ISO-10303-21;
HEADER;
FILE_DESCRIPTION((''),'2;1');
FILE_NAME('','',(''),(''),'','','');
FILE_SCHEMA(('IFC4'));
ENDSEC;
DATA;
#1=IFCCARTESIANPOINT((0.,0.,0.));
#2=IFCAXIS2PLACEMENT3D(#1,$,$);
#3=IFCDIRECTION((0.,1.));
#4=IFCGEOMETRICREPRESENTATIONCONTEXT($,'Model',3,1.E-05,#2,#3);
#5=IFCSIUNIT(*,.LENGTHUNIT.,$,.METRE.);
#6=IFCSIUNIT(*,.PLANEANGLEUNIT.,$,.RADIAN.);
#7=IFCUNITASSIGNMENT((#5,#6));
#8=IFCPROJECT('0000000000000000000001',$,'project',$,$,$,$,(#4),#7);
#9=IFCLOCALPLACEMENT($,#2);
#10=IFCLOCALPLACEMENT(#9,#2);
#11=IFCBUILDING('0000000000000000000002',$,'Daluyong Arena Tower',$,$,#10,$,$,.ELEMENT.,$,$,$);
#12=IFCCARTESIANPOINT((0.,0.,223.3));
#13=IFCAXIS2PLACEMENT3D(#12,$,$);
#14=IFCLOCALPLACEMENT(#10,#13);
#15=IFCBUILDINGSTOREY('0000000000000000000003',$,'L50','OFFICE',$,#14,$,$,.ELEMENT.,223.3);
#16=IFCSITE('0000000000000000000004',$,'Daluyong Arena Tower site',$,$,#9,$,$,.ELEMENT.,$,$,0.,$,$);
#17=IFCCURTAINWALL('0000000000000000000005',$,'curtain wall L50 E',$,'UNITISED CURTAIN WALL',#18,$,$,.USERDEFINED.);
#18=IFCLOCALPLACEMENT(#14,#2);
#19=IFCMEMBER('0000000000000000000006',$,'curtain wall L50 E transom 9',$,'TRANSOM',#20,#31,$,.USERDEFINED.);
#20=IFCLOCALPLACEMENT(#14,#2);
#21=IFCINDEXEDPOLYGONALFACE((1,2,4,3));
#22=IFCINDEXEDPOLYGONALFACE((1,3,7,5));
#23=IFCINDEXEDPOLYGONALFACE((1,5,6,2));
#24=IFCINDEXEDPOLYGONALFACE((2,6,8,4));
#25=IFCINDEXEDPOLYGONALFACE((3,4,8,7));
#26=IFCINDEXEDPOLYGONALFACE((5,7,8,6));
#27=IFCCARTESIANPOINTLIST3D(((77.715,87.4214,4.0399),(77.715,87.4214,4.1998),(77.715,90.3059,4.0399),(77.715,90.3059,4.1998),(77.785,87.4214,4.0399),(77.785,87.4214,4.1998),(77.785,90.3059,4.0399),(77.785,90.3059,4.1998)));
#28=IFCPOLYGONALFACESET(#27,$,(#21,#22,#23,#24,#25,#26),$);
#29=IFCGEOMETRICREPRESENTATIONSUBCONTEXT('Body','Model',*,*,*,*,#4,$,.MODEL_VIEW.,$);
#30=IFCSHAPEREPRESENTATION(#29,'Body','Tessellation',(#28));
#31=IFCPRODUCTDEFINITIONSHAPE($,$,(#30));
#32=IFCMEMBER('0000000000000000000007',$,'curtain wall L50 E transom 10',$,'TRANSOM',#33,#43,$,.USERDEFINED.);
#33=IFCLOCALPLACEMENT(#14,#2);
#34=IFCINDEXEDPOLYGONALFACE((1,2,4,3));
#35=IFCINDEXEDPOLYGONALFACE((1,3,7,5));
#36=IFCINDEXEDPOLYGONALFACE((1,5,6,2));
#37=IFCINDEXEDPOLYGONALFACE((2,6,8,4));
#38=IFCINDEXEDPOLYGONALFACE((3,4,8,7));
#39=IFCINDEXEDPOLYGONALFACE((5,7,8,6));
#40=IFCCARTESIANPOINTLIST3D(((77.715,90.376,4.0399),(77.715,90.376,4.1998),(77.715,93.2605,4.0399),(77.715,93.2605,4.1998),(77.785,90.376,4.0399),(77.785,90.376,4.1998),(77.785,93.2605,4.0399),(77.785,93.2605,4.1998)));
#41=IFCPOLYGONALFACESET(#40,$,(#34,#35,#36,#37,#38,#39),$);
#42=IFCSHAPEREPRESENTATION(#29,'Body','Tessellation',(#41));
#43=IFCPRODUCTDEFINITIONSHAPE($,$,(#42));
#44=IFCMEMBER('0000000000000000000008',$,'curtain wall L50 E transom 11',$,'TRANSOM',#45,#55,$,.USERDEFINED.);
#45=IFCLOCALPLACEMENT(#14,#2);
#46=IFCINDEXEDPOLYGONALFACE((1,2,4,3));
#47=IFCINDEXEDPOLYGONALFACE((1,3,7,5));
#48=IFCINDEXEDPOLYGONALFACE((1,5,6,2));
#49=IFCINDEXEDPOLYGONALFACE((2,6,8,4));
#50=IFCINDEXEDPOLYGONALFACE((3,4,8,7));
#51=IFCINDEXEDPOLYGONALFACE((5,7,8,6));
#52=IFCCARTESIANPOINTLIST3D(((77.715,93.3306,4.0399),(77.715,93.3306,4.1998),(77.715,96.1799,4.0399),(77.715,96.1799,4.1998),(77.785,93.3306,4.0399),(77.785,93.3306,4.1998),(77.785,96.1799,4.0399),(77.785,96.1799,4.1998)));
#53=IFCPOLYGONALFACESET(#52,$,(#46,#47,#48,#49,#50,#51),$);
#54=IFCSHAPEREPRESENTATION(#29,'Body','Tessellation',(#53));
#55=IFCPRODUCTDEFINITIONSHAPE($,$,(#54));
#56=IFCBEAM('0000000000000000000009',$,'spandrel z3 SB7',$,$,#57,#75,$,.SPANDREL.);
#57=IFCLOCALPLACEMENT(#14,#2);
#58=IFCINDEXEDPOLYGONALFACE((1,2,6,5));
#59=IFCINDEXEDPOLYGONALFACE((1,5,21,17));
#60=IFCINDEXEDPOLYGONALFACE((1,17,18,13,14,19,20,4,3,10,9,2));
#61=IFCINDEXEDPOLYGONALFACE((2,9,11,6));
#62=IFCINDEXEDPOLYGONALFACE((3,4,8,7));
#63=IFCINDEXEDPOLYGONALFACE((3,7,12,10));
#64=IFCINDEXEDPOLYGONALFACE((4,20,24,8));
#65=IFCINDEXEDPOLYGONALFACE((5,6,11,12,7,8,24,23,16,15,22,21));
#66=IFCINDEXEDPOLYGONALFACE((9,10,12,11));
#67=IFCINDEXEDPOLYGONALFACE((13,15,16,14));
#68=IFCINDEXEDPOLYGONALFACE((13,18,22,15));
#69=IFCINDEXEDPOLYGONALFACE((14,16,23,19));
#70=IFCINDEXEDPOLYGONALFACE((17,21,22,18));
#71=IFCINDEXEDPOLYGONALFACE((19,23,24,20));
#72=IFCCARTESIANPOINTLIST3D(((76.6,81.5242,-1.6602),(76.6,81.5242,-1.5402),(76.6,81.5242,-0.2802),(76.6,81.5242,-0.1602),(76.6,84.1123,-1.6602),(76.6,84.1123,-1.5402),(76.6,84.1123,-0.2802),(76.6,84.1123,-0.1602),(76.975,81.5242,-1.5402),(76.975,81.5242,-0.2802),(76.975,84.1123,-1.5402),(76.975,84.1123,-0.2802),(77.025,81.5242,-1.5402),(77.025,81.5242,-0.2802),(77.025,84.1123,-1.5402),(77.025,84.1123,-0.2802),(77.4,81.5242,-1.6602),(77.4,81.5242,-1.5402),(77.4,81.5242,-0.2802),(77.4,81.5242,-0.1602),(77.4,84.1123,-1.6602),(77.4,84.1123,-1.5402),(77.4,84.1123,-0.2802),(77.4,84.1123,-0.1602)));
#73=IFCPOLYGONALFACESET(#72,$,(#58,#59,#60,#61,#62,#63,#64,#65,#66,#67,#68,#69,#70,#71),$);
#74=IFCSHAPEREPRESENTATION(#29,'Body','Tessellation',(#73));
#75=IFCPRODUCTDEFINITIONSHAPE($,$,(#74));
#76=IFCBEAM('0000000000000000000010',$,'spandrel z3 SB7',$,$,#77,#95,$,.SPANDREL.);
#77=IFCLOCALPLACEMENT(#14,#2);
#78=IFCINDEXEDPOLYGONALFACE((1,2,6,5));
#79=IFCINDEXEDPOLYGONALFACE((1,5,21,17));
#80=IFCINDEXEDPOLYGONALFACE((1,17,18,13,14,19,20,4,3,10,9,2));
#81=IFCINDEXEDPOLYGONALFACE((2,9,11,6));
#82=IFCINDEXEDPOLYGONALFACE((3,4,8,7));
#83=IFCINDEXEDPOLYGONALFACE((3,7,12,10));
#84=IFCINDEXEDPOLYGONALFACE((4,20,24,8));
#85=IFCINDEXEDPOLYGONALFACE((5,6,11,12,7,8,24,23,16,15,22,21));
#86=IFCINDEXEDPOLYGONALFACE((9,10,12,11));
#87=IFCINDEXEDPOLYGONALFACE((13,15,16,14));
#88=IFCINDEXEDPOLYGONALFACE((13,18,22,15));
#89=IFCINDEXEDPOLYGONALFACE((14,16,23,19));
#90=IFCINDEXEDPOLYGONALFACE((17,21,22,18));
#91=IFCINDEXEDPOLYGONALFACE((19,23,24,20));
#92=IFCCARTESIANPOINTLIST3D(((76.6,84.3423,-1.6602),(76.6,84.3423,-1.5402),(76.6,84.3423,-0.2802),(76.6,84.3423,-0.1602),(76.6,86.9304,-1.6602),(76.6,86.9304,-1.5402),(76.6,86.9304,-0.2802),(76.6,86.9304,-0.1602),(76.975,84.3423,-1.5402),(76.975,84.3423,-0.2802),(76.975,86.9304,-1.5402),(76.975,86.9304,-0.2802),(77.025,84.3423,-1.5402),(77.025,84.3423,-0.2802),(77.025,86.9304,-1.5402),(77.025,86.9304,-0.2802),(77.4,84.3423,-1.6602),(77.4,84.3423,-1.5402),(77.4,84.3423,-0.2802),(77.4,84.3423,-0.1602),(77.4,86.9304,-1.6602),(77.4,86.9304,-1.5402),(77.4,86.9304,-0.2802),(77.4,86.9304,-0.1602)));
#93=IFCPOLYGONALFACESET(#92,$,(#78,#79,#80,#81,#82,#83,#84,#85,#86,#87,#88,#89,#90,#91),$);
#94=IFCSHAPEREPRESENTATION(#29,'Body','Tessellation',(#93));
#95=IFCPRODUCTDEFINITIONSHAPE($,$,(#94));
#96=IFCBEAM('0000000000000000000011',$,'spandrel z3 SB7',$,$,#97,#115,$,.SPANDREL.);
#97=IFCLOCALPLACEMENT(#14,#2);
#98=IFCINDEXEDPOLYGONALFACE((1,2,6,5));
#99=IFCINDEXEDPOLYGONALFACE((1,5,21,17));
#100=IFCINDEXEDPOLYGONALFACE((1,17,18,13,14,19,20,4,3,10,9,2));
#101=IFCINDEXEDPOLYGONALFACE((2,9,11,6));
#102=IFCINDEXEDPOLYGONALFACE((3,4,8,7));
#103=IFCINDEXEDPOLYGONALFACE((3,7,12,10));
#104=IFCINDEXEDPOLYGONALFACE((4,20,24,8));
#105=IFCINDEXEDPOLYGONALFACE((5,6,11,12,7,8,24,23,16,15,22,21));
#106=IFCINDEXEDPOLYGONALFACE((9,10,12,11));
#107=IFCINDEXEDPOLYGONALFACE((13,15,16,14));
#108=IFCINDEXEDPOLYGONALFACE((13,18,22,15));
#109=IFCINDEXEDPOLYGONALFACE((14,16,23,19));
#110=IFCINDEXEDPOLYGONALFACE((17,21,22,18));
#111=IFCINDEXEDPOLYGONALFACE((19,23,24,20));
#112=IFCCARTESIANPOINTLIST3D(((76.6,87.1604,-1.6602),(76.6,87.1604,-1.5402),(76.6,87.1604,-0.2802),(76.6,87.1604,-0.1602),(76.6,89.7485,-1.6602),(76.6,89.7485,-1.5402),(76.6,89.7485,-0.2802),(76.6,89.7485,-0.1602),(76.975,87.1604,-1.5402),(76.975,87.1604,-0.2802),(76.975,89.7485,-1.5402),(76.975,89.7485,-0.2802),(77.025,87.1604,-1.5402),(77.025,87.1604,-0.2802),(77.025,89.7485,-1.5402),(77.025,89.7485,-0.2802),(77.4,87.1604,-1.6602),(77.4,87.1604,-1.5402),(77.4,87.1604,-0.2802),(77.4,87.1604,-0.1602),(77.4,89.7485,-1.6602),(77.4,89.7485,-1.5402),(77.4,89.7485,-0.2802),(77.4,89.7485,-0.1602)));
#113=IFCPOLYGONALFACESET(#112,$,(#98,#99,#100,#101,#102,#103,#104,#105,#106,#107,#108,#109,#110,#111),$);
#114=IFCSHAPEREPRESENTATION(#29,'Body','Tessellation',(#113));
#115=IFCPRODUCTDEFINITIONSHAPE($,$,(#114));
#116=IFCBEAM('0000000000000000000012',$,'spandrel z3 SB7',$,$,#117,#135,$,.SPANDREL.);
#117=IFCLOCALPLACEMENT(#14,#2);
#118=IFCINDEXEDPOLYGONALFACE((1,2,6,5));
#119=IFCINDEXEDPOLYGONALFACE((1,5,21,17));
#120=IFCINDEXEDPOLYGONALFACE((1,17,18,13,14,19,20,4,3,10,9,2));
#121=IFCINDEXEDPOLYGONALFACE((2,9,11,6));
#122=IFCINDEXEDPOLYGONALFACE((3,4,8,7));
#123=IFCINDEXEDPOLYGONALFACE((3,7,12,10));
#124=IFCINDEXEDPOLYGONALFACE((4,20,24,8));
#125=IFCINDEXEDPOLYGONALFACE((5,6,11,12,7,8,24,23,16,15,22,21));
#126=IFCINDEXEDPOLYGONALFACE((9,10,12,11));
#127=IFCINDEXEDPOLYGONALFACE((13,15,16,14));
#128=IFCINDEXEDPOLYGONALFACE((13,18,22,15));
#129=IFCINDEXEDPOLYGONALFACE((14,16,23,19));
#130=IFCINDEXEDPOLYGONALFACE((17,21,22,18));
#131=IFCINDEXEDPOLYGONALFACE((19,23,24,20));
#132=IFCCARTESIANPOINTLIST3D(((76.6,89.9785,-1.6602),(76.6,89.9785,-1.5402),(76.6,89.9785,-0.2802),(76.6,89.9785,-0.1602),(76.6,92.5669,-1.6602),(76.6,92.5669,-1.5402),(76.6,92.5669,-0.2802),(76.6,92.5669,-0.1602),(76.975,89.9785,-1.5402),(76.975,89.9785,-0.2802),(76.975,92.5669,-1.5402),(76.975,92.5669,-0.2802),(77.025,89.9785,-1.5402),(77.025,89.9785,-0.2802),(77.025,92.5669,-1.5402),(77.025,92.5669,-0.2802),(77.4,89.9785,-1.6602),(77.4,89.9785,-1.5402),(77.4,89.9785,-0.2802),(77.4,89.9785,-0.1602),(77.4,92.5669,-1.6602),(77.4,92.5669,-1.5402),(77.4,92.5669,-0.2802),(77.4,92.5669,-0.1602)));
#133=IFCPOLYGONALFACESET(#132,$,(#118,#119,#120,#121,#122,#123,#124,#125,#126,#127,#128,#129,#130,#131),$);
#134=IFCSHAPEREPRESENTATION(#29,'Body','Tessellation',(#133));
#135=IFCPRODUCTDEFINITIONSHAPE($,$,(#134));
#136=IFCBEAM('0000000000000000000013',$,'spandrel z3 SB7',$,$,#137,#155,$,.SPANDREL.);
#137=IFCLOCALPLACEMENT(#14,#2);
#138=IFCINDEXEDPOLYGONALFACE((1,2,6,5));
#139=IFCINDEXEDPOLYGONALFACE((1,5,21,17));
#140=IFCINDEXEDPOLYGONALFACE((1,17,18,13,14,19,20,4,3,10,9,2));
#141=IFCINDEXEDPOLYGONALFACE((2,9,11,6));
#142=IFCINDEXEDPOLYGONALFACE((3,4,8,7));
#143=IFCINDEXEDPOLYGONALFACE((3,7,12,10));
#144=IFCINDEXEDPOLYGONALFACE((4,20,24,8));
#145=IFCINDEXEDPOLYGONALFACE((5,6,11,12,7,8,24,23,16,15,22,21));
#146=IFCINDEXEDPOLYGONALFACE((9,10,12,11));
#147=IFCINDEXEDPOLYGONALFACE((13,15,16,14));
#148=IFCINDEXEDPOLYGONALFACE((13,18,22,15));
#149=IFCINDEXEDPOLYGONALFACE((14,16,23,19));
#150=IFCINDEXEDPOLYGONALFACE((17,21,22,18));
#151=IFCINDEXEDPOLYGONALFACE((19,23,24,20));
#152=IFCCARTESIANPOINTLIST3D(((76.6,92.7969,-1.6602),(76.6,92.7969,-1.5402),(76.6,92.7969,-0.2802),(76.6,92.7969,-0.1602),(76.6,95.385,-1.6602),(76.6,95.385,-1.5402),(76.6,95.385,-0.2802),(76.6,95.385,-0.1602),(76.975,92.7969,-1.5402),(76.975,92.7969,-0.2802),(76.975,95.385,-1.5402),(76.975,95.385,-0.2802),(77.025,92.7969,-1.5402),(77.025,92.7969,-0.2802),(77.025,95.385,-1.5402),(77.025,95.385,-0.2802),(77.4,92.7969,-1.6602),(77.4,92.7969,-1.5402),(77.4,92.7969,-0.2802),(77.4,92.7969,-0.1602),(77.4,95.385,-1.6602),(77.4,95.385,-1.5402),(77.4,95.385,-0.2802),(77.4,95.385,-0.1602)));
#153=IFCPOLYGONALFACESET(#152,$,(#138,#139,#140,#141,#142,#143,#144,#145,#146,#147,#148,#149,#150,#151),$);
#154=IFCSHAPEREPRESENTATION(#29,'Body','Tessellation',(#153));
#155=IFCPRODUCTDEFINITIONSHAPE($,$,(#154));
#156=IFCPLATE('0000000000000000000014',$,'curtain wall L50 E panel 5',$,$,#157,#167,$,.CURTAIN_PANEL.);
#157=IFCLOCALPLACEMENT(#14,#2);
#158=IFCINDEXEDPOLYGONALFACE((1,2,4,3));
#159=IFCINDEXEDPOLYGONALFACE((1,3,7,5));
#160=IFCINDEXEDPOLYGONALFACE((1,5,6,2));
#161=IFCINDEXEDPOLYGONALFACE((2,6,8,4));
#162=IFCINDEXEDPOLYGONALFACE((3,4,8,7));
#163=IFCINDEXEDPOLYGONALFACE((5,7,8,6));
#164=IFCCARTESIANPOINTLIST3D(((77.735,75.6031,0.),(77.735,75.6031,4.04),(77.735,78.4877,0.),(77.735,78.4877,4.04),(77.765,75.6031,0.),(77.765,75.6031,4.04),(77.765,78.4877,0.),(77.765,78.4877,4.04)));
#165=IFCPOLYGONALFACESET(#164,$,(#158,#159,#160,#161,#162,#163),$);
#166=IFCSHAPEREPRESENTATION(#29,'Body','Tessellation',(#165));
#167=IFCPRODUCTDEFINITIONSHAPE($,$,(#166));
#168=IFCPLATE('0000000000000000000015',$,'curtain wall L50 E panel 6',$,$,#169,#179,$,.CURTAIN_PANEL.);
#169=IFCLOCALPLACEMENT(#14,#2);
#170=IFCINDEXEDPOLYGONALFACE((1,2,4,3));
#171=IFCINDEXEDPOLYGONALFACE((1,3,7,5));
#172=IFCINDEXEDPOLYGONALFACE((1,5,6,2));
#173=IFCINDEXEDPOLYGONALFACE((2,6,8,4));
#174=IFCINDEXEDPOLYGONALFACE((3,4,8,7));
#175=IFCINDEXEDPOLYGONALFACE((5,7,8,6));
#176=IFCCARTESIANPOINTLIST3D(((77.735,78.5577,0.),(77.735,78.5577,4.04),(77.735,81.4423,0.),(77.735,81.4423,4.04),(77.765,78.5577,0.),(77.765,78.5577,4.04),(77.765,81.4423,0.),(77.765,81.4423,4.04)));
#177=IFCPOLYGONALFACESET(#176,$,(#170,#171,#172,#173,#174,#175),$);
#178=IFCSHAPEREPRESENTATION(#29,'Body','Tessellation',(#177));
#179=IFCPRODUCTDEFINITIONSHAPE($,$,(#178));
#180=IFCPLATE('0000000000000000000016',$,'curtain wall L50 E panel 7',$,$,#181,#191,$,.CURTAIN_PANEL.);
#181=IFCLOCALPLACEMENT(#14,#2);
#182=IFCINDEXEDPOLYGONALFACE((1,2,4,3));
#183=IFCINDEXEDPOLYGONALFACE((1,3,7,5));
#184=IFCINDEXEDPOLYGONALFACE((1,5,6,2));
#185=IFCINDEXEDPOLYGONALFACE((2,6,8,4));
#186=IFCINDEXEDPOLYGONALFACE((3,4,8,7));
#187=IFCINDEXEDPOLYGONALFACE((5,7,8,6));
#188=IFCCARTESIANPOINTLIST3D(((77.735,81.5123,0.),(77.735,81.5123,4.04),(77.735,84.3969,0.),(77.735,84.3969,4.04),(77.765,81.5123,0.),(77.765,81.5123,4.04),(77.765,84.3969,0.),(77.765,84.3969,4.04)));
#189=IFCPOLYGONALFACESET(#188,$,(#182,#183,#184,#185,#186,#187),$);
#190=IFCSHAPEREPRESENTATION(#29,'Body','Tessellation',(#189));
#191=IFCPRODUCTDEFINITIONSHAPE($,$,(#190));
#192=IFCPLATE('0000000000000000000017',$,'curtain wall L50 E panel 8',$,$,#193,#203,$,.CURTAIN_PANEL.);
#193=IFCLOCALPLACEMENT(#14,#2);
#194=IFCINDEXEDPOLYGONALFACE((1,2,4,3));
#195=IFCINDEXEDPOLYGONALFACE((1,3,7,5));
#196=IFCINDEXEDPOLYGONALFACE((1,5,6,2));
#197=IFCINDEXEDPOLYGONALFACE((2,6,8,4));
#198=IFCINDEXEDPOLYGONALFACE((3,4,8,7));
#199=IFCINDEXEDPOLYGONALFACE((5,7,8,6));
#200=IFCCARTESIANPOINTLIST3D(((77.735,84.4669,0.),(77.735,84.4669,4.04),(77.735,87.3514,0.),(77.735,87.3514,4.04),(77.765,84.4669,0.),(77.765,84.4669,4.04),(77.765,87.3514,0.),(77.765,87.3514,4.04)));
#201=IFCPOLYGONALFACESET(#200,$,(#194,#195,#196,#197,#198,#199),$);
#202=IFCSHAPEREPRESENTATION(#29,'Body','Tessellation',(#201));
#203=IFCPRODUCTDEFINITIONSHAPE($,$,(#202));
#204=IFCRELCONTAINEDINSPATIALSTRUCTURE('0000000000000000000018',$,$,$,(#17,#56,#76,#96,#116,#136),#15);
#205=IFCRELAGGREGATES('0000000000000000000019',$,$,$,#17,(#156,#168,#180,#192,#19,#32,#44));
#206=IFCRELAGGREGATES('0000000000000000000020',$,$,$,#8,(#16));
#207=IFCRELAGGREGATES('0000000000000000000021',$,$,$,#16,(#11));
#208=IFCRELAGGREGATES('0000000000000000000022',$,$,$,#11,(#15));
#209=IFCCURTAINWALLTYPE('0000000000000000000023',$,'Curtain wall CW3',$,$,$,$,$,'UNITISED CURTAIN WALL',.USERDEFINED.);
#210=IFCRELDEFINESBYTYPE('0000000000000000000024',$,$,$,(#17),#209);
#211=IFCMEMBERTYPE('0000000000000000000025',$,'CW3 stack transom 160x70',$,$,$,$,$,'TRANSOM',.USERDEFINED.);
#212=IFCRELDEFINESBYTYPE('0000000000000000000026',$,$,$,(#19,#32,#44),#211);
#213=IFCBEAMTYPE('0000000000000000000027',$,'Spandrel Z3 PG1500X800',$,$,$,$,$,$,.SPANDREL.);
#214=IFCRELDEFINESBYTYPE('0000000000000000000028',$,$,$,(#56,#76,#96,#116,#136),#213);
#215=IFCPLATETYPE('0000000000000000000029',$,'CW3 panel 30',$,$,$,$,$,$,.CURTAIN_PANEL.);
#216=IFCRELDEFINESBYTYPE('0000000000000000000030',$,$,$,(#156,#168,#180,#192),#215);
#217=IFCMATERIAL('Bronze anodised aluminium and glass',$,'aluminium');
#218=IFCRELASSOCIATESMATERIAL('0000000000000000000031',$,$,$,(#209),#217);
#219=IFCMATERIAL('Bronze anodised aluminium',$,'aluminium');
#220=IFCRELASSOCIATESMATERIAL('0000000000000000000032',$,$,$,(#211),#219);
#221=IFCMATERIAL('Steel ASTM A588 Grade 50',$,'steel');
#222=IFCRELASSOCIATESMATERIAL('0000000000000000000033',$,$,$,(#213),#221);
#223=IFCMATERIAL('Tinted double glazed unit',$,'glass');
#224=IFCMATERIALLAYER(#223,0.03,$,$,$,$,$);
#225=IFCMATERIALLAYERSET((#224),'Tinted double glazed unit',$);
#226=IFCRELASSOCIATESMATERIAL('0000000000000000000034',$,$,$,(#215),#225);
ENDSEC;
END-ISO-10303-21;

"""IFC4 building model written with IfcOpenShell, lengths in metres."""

from ifc_helpers import new_model, si_unit, direction, frame, origin, origin_2d, place, context, subcontext, project, spatial, rectangle, i_section, extrude, material, layer, layer_set, material_profile, profile_set, type_object, element, aggregate, save


model = new_model("IFC4")

# Units and contexts
model_context = context("Model", 3, precision=1e-05, world=origin(), true_north=direction((0.0, 1.0)))
body_context = subcontext(model_context, "Body", "Model", "MODEL_VIEW")
ifc_project = project(units=[si_unit("LENGTHUNIT", "METRE"), si_unit("PLANEANGLEUNIT", "RADIAN")], contexts=[model_context])

# Site, building, storey
site_placement = place(None, origin())
site = spatial("IfcSite", under=ifc_project, at=site_placement, Name="Daluyong Arena Tower site", CompositionType="ELEMENT", RefElevation=0.0)
building_placement = place(site_placement, origin())
building = spatial("IfcBuilding", under=site, at=building_placement, Name="Daluyong Arena Tower", CompositionType="ELEMENT")
storey_placement = place(building_placement, frame((0.0, 0.0, 223.3)))
storey = spatial("IfcBuildingStorey", under=building, at=storey_placement, Name="L50", Description="OFFICE", CompositionType="ELEMENT", Elevation=223.3)

# Curtain wall, members
ifc_material_1 = material(Name="Bronze anodised aluminium and glass", Category="aluminium")
curtain_wall_type = type_object("IfcCurtainWallType", Name="Curtain wall CW3", ElementType="UNITISED CURTAIN WALL", PredefinedType="USERDEFINED", material=ifc_material_1)
curtain_wall_placement = place(storey_placement, origin())
curtain_wall = element("IfcCurtainWall", 1, at=curtain_wall_placement, inside=storey, type_object=curtain_wall_type, Name="curtain wall L50 E", ObjectType="UNITISED CURTAIN WALL", PredefinedType="USERDEFINED")
ifc_material_2 = material(Name="Bronze anodised aluminium", Category="aluminium")
ifc_material_profile_1 = material_profile(ifc_material_2, rectangle(XDim=0.0701, YDim=0.1599, at=origin_2d()))
ifc_profile_set_1 = profile_set([ifc_material_profile_1], Name="Bronze anodised aluminium")
member_type_1 = type_object("IfcMemberType", Name="CW3 stack transom 160x70", ElementType="TRANSOM", PredefinedType="USERDEFINED", material=ifc_profile_set_1)
member_1_placement = place(storey_placement, frame((77.75, 87.4214, 4.1199), z_axis=(0.0, 1.0, 0.0), x_axis=(-1.0, 0.0, 0.0)))
member_1 = element("IfcMember", 2, at=member_1_placement, type_object=member_type_1, Name="curtain wall L50 E transom 9", ObjectType="TRANSOM", PredefinedType="USERDEFINED", context=body_context, shape_type="SweptSolid", body=[
    extrude(rectangle(XDim=0.0701, YDim=0.1599, at=origin_2d()), origin(), (0.0, 0.0, 1.0), 2.8845),
])
member_2_placement = place(storey_placement, frame((77.75, 90.376, 4.1199), z_axis=(0.0, 1.0, 0.0), x_axis=(-1.0, 0.0, 0.0)))
member_2 = element("IfcMember", 3, at=member_2_placement, type_object=member_type_1, Name="curtain wall L50 E transom 10", ObjectType="TRANSOM", PredefinedType="USERDEFINED", context=body_context, shape_type="SweptSolid", body=[
    extrude(rectangle(XDim=0.0701, YDim=0.1599, at=origin_2d()), origin(), (0.0, 0.0, 1.0), 2.8845),
])
member_3_placement = place(storey_placement, frame((77.75, 93.3306, 4.1199), z_axis=(0.0, 1.0, 0.0), x_axis=(-1.0, 0.0, 0.0)))
member_3 = element("IfcMember", 4, at=member_3_placement, type_object=member_type_1, Name="curtain wall L50 E transom 11", ObjectType="TRANSOM", PredefinedType="USERDEFINED", context=body_context, shape_type="SweptSolid", body=[
    extrude(rectangle(XDim=0.0701, YDim=0.1599, at=origin_2d()), origin(), (0.0, 0.0, 1.0), 2.8494),
])

# Beams
ifc_material_3 = material(Name="Steel ASTM A588 Grade 50", Category="steel")
ifc_material_profile_2 = material_profile(ifc_material_3, i_section(OverallWidth=0.8, OverallDepth=1.5, WebThickness=0.05, FlangeThickness=0.12, at=origin_2d()))
ifc_profile_set_2 = profile_set([ifc_material_profile_2], Name="Steel ASTM A588 Grade 50")
beam_type = type_object("IfcBeamType", Name="Spandrel Z3 PG1500X800", PredefinedType="SPANDREL", material=ifc_profile_set_2)
for number, where, z_axis, x_axis, name in (
    (5, (77.0, 81.5242, -0.9102), (0.0, 1.0, 0.0), (-1.0, 0.0, 0.0), "spandrel z3 SB7"),
    (6, (77.0, 84.3423, -0.9102), (0.0, 1.0, 0.0), (-1.0, 0.0, 0.0), "spandrel z3 SB7"),
    (7, (77.0, 87.1604, -0.9102), (0.0, 1.0, 0.0), (-1.0, 0.0, 0.0), "spandrel z3 SB7"),
):
    element("IfcBeam", number, at=place(storey_placement, frame(where, z_axis=z_axis, x_axis=x_axis)), inside=storey, type_object=beam_type, Name=name, PredefinedType="SPANDREL", context=body_context, shape_type="SweptSolid", body=[
        extrude(i_section(OverallWidth=0.8, OverallDepth=1.5, WebThickness=0.05, FlangeThickness=0.12, at=origin_2d()), origin(), (0.0, 0.0, 1.0), 2.5881),
    ])
beam_1_placement = place(storey_placement, frame((77.0, 89.9785, -0.9102), z_axis=(0.0, 1.0, 0.0), x_axis=(-1.0, 0.0, 0.0)))
element("IfcBeam", 8, at=beam_1_placement, inside=storey, type_object=beam_type, Name="spandrel z3 SB7", PredefinedType="SPANDREL", context=body_context, shape_type="SweptSolid", body=[
    extrude(i_section(OverallWidth=0.8, OverallDepth=1.5, WebThickness=0.05, FlangeThickness=0.12, at=origin_2d()), origin(), (0.0, 0.0, 1.0), 2.5884),
])
beam_2_placement = place(storey_placement, frame((77.0, 92.7969, -0.9102), z_axis=(0.0, 1.0, 0.0), x_axis=(-1.0, 0.0, 0.0)))
element("IfcBeam", 9, at=beam_2_placement, inside=storey, type_object=beam_type, Name="spandrel z3 SB7", PredefinedType="SPANDREL", context=body_context, shape_type="SweptSolid", body=[
    extrude(i_section(OverallWidth=0.8, OverallDepth=1.5, WebThickness=0.05, FlangeThickness=0.12, at=origin_2d()), origin(), (0.0, 0.0, 1.0), 2.5881),
])

# Plates
ifc_material_4 = material(Name="Tinted double glazed unit", Category="glass")
ifc_layer = layer(ifc_material_4, 0.03)
ifc_layer_set = layer_set([ifc_layer], Name="Tinted double glazed unit")
plate_type = type_object("IfcPlateType", Name="CW3 panel 30", PredefinedType="CURTAIN_PANEL", material=ifc_layer_set)
plate_1_placement = place(storey_placement, frame((77.75, 77.0454, 0.0), z_axis=(0.0, 0.0, 1.0), x_axis=(0.0, 1.0, 0.0)))
plate_1 = element("IfcPlate", 10, at=plate_1_placement, type_object=plate_type, Name="curtain wall L50 E panel 5", PredefinedType="CURTAIN_PANEL", context=body_context, shape_type="SweptSolid", body=[
    extrude(rectangle(XDim=2.8845, YDim=0.03, at=origin_2d()), origin(), (0.0, 0.0, 1.0), 4.04),
])
plate_2_placement = place(storey_placement, frame((77.75, 80.0, 0.0), z_axis=(0.0, 0.0, 1.0), x_axis=(0.0, 1.0, 0.0)))
plate_2 = element("IfcPlate", 11, at=plate_2_placement, type_object=plate_type, Name="curtain wall L50 E panel 6", PredefinedType="CURTAIN_PANEL", context=body_context, shape_type="SweptSolid", body=[
    extrude(rectangle(XDim=2.8845, YDim=0.03, at=origin_2d()), origin(), (0.0, 0.0, 1.0), 4.04),
])
plate_3_placement = place(storey_placement, frame((77.75, 82.9546, 0.0), z_axis=(0.0, 0.0, 1.0), x_axis=(0.0, 1.0, 0.0)))
plate_3 = element("IfcPlate", 12, at=plate_3_placement, type_object=plate_type, Name="curtain wall L50 E panel 7", PredefinedType="CURTAIN_PANEL", context=body_context, shape_type="SweptSolid", body=[
    extrude(rectangle(XDim=2.8845, YDim=0.03, at=origin_2d()), origin(), (0.0, 0.0, 1.0), 4.04),
])
plate_4_placement = place(storey_placement, frame((77.75, 85.9092, 0.0), z_axis=(0.0, 0.0, 1.0), x_axis=(0.0, 1.0, 0.0)))
plate_4 = element("IfcPlate", 13, at=plate_4_placement, type_object=plate_type, Name="curtain wall L50 E panel 8", PredefinedType="CURTAIN_PANEL", context=body_context, shape_type="SweptSolid", body=[
    extrude(rectangle(XDim=2.8845, YDim=0.03, at=origin_2d()), origin(), (0.0, 0.0, 1.0), 4.04),
])
aggregate(curtain_wall, [plate_1, plate_2, plate_3, plate_4, member_1, member_2, member_3])

save(model, "model.ifc")
